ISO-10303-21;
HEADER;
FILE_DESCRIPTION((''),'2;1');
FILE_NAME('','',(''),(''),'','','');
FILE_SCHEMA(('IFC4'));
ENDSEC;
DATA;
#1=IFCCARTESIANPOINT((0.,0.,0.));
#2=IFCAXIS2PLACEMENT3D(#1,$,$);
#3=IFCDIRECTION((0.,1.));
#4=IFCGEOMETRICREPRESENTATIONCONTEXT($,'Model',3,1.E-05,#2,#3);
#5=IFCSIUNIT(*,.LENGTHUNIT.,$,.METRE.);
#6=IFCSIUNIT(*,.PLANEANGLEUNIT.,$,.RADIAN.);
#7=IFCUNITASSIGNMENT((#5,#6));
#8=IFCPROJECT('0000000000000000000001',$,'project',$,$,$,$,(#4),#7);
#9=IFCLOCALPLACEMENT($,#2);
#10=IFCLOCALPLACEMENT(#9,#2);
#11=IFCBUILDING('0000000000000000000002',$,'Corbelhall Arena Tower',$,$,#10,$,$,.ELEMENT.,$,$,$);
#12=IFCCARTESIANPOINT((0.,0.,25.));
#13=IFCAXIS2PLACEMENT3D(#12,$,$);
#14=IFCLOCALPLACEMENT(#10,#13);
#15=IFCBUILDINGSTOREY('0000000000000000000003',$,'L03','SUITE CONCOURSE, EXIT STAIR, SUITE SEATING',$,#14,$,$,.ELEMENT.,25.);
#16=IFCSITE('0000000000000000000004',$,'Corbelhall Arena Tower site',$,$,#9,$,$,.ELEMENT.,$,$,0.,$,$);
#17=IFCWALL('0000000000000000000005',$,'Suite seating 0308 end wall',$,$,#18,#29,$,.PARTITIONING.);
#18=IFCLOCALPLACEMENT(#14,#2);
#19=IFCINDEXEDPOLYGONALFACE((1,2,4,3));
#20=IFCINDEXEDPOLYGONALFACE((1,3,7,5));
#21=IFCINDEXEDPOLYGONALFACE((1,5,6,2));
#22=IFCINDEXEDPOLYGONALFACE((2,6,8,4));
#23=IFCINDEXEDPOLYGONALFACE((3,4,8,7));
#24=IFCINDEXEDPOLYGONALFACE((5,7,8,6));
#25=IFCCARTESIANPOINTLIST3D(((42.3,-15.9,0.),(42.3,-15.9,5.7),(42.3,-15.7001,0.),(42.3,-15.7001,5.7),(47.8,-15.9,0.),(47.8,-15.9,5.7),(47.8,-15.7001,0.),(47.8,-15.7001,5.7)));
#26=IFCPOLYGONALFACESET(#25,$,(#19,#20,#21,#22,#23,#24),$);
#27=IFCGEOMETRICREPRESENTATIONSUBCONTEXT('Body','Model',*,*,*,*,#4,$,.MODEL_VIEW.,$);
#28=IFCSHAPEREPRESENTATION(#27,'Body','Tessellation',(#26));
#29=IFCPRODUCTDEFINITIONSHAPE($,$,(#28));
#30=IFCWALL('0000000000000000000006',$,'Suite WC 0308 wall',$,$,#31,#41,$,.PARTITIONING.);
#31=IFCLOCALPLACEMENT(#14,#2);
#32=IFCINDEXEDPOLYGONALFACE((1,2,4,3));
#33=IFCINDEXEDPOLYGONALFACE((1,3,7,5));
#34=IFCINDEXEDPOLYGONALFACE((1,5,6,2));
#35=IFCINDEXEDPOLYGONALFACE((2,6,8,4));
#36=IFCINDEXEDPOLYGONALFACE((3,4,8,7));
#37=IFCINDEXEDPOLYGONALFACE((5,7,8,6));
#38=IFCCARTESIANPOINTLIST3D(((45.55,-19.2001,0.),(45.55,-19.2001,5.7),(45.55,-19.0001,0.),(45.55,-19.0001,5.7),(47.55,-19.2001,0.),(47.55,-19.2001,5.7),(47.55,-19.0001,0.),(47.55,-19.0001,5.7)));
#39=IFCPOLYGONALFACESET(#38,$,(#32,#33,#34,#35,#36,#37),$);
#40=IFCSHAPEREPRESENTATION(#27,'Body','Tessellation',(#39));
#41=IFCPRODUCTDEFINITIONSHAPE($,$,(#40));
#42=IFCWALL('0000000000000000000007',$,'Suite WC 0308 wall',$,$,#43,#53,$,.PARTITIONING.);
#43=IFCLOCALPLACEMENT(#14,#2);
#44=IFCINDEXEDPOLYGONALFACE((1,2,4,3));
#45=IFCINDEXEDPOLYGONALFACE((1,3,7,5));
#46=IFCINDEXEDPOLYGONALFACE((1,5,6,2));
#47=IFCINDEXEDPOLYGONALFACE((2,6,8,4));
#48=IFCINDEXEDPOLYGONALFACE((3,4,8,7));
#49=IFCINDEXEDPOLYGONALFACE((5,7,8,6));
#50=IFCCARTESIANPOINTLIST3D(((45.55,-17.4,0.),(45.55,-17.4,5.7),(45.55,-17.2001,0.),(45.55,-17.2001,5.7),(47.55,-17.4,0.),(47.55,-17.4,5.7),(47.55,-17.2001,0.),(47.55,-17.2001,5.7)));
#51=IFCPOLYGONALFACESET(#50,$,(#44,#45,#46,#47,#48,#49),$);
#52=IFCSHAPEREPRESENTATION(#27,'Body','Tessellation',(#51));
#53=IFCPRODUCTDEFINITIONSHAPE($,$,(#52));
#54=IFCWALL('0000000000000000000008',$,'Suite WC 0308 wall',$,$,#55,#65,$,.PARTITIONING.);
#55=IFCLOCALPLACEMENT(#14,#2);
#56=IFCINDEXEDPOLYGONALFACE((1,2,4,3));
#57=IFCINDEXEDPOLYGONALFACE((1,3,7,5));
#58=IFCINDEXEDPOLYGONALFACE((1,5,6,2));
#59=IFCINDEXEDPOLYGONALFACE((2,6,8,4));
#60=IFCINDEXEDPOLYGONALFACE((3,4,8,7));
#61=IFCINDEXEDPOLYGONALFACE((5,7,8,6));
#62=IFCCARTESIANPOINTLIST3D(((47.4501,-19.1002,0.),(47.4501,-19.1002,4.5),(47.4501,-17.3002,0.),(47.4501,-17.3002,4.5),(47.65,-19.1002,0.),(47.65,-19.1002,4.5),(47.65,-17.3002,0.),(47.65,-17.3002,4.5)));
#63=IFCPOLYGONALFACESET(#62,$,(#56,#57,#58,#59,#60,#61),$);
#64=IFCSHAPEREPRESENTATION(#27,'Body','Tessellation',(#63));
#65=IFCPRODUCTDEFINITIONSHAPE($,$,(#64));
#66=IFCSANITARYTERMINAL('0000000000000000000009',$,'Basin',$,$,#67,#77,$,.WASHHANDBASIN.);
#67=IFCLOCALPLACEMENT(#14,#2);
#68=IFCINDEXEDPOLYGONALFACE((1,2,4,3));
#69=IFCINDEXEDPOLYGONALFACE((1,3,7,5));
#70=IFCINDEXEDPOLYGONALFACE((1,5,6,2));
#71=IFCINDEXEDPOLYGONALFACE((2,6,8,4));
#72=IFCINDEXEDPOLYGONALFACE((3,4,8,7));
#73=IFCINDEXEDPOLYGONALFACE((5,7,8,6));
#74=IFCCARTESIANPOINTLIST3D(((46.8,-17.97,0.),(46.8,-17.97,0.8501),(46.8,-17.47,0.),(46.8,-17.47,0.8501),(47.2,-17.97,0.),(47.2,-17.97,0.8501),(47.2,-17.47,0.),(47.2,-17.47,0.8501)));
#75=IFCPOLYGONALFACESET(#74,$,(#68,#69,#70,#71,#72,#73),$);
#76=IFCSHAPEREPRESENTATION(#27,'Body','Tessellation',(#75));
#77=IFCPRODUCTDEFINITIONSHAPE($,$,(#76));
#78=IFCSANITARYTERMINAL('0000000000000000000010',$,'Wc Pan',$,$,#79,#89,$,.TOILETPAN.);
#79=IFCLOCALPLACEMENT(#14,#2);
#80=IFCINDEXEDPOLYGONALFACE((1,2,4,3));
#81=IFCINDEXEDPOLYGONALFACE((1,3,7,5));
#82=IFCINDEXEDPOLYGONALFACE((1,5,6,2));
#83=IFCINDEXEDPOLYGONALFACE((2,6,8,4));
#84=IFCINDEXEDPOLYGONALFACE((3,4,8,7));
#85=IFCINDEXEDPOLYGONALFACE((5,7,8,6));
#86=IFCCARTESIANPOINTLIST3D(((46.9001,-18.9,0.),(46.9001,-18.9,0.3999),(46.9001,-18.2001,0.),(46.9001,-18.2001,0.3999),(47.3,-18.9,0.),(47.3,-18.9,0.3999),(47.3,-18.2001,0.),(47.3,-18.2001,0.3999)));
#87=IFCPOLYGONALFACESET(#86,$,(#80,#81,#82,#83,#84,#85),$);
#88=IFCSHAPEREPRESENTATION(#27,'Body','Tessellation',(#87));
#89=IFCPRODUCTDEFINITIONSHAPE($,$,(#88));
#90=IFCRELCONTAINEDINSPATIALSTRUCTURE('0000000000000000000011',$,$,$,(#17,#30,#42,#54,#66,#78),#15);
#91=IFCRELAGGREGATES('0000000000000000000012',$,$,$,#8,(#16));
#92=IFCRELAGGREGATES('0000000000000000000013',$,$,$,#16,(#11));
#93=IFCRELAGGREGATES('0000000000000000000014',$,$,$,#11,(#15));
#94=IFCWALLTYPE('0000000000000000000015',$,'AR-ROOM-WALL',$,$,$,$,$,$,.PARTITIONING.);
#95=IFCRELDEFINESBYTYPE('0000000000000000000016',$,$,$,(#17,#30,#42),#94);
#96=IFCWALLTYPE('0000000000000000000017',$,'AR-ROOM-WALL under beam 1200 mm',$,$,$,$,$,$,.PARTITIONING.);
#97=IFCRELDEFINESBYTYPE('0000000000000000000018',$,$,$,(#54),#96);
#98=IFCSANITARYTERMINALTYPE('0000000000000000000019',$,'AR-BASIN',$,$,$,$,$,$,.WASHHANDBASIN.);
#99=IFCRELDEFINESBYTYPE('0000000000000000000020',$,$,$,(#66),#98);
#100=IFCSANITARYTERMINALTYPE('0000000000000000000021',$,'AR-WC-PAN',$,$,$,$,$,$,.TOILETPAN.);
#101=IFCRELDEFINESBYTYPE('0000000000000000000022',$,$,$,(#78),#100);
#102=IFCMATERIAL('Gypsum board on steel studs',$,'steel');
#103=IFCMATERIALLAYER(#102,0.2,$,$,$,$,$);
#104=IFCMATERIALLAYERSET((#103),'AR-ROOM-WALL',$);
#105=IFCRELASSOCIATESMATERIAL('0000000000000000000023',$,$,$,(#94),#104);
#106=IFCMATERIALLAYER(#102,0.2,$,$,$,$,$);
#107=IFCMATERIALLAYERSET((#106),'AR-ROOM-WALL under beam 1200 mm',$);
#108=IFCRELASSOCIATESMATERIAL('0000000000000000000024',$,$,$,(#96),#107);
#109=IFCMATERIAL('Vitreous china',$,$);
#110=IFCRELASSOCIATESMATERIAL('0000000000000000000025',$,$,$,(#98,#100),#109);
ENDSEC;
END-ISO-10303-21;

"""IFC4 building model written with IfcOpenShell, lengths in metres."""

from ifc_helpers import new_model, si_unit, direction, frame, frame_2d, origin, origin_2d, place, context, subcontext, project, spatial, rectangle, extrude, material, layer, layer_set, type_object, element, save


model = new_model("IFC4")

# Units and contexts
model_context = context("Model", 3, precision=1e-05, world=origin(), true_north=direction((0.0, 1.0)))
body_context = subcontext(model_context, "Body", "Model", "MODEL_VIEW")
ifc_project = project(units=[si_unit("LENGTHUNIT", "METRE"), si_unit("PLANEANGLEUNIT", "RADIAN")], contexts=[model_context])

# Site, building, storey
site_placement = place(None, origin())
site = spatial("IfcSite", under=ifc_project, at=site_placement, Name="Corbelhall Arena Tower site", CompositionType="ELEMENT", RefElevation=0.0)
building_placement = place(site_placement, origin())
building = spatial("IfcBuilding", under=site, at=building_placement, Name="Corbelhall Arena Tower", CompositionType="ELEMENT")
storey_placement = place(building_placement, frame((0.0, 0.0, 25.0)))
storey = spatial("IfcBuildingStorey", under=building, at=storey_placement, Name="L03", Description="SUITE CONCOURSE, EXIT STAIR, SUITE SEATING", CompositionType="ELEMENT", Elevation=25.0)

# Shared definitions
ifc_material_1 = material(Name="Gypsum board on steel studs", Category="steel")
ifc_layer_1 = layer(ifc_material_1, 0.2)
ifc_layer_set_1 = layer_set([ifc_layer_1], Name="AR-ROOM-WALL")
wall_type_1 = type_object("IfcWallType", Name="AR-ROOM-WALL", PredefinedType="PARTITIONING", material=ifc_layer_set_1)

# Walls
wall_1_placement = place(storey_placement, frame((42.3, -15.8, 0.0), z_axis=(0.0, 0.0, 1.0), x_axis=(1.0, 0.0, 0.0)))
element("IfcWall", 1, at=wall_1_placement, inside=storey, type_object=wall_type_1, Name="Suite seating 0308 end wall", PredefinedType="PARTITIONING", context=body_context, shape_type="SweptSolid", body=[
    extrude(rectangle(XDim=5.5, YDim=0.2, at=frame_2d((2.75, 0.0))), origin(), (0.0, 0.0, 1.0), 5.7),
])
for number, where, z_axis, x_axis, name in (
    (2, (45.55, -19.1001, 0.0), (0.0, 0.0, 1.0), (1.0, 0.0, 0.0), "Suite WC 0308 wall"),
    (3, (47.55, -17.3, 0.0), (0.0, 0.0, 1.0), (-1.0, 0.0, 0.0), "Suite WC 0308 wall"),
):
    element("IfcWall", number, at=place(storey_placement, frame(where, z_axis=z_axis, x_axis=x_axis)), inside=storey, type_object=wall_type_1, Name=name, PredefinedType="PARTITIONING", context=body_context, shape_type="SweptSolid", body=[
        extrude(rectangle(XDim=2.0, YDim=0.2, at=frame_2d((1.0, 0.0))), origin(), (0.0, 0.0, 1.0), 5.7),
    ])

# Wall
ifc_layer_2 = layer(ifc_material_1, 0.2)
ifc_layer_set_2 = layer_set([ifc_layer_2], Name="AR-ROOM-WALL under beam 1200 mm")
wall_type_2 = type_object("IfcWallType", Name="AR-ROOM-WALL under beam 1200 mm", PredefinedType="PARTITIONING", material=ifc_layer_set_2)
wall_2_placement = place(storey_placement, frame((47.55, -19.1001, 0.0), z_axis=(0.0, 0.0, 1.0), x_axis=(0.0, 1.0, 0.0)))
element("IfcWall", 4, at=wall_2_placement, inside=storey, type_object=wall_type_2, Name="Suite WC 0308 wall", PredefinedType="PARTITIONING", context=body_context, shape_type="SweptSolid", body=[
    extrude(rectangle(XDim=1.8, YDim=0.2, at=frame_2d((0.8999, 0.0))), origin(), (0.0, 0.0, 1.0), 4.5),
])

# Sanitary terminals
ifc_material_2 = material(Name="Vitreous china")
sanitary_terminal_type_1 = type_object("IfcSanitaryTerminalType", Name="AR-BASIN", PredefinedType="WASHHANDBASIN", material=ifc_material_2)
sanitary_terminal_1_placement = place(storey_placement, frame((47.0, -17.72, 0.0), z_axis=(0.0, 0.0, 1.0), x_axis=(1.0, 0.0, 0.0)))
element("IfcSanitaryTerminal", 5, at=sanitary_terminal_1_placement, inside=storey, type_object=sanitary_terminal_type_1, Name="Basin", PredefinedType="WASHHANDBASIN", context=body_context, shape_type="SweptSolid", body=[
    extrude(rectangle(XDim=0.3999, YDim=0.5, at=origin_2d()), origin(), (0.0, 0.0, 1.0), 0.8501),
])
sanitary_terminal_type_2 = type_object("IfcSanitaryTerminalType", Name="AR-WC-PAN", PredefinedType="TOILETPAN", material=ifc_material_2)
sanitary_terminal_2_placement = place(storey_placement, frame((47.1001, -18.55, 0.0), z_axis=(0.0, 0.0, 1.0), x_axis=(1.0, 0.0, 0.0)))
element("IfcSanitaryTerminal", 6, at=sanitary_terminal_2_placement, inside=storey, type_object=sanitary_terminal_type_2, Name="Wc Pan", PredefinedType="TOILETPAN", context=body_context, shape_type="SweptSolid", body=[
    extrude(rectangle(XDim=0.3999, YDim=0.7, at=origin_2d()), origin(), (0.0, 0.0, 1.0), 0.3999),
])

save(model, "model.ifc")
